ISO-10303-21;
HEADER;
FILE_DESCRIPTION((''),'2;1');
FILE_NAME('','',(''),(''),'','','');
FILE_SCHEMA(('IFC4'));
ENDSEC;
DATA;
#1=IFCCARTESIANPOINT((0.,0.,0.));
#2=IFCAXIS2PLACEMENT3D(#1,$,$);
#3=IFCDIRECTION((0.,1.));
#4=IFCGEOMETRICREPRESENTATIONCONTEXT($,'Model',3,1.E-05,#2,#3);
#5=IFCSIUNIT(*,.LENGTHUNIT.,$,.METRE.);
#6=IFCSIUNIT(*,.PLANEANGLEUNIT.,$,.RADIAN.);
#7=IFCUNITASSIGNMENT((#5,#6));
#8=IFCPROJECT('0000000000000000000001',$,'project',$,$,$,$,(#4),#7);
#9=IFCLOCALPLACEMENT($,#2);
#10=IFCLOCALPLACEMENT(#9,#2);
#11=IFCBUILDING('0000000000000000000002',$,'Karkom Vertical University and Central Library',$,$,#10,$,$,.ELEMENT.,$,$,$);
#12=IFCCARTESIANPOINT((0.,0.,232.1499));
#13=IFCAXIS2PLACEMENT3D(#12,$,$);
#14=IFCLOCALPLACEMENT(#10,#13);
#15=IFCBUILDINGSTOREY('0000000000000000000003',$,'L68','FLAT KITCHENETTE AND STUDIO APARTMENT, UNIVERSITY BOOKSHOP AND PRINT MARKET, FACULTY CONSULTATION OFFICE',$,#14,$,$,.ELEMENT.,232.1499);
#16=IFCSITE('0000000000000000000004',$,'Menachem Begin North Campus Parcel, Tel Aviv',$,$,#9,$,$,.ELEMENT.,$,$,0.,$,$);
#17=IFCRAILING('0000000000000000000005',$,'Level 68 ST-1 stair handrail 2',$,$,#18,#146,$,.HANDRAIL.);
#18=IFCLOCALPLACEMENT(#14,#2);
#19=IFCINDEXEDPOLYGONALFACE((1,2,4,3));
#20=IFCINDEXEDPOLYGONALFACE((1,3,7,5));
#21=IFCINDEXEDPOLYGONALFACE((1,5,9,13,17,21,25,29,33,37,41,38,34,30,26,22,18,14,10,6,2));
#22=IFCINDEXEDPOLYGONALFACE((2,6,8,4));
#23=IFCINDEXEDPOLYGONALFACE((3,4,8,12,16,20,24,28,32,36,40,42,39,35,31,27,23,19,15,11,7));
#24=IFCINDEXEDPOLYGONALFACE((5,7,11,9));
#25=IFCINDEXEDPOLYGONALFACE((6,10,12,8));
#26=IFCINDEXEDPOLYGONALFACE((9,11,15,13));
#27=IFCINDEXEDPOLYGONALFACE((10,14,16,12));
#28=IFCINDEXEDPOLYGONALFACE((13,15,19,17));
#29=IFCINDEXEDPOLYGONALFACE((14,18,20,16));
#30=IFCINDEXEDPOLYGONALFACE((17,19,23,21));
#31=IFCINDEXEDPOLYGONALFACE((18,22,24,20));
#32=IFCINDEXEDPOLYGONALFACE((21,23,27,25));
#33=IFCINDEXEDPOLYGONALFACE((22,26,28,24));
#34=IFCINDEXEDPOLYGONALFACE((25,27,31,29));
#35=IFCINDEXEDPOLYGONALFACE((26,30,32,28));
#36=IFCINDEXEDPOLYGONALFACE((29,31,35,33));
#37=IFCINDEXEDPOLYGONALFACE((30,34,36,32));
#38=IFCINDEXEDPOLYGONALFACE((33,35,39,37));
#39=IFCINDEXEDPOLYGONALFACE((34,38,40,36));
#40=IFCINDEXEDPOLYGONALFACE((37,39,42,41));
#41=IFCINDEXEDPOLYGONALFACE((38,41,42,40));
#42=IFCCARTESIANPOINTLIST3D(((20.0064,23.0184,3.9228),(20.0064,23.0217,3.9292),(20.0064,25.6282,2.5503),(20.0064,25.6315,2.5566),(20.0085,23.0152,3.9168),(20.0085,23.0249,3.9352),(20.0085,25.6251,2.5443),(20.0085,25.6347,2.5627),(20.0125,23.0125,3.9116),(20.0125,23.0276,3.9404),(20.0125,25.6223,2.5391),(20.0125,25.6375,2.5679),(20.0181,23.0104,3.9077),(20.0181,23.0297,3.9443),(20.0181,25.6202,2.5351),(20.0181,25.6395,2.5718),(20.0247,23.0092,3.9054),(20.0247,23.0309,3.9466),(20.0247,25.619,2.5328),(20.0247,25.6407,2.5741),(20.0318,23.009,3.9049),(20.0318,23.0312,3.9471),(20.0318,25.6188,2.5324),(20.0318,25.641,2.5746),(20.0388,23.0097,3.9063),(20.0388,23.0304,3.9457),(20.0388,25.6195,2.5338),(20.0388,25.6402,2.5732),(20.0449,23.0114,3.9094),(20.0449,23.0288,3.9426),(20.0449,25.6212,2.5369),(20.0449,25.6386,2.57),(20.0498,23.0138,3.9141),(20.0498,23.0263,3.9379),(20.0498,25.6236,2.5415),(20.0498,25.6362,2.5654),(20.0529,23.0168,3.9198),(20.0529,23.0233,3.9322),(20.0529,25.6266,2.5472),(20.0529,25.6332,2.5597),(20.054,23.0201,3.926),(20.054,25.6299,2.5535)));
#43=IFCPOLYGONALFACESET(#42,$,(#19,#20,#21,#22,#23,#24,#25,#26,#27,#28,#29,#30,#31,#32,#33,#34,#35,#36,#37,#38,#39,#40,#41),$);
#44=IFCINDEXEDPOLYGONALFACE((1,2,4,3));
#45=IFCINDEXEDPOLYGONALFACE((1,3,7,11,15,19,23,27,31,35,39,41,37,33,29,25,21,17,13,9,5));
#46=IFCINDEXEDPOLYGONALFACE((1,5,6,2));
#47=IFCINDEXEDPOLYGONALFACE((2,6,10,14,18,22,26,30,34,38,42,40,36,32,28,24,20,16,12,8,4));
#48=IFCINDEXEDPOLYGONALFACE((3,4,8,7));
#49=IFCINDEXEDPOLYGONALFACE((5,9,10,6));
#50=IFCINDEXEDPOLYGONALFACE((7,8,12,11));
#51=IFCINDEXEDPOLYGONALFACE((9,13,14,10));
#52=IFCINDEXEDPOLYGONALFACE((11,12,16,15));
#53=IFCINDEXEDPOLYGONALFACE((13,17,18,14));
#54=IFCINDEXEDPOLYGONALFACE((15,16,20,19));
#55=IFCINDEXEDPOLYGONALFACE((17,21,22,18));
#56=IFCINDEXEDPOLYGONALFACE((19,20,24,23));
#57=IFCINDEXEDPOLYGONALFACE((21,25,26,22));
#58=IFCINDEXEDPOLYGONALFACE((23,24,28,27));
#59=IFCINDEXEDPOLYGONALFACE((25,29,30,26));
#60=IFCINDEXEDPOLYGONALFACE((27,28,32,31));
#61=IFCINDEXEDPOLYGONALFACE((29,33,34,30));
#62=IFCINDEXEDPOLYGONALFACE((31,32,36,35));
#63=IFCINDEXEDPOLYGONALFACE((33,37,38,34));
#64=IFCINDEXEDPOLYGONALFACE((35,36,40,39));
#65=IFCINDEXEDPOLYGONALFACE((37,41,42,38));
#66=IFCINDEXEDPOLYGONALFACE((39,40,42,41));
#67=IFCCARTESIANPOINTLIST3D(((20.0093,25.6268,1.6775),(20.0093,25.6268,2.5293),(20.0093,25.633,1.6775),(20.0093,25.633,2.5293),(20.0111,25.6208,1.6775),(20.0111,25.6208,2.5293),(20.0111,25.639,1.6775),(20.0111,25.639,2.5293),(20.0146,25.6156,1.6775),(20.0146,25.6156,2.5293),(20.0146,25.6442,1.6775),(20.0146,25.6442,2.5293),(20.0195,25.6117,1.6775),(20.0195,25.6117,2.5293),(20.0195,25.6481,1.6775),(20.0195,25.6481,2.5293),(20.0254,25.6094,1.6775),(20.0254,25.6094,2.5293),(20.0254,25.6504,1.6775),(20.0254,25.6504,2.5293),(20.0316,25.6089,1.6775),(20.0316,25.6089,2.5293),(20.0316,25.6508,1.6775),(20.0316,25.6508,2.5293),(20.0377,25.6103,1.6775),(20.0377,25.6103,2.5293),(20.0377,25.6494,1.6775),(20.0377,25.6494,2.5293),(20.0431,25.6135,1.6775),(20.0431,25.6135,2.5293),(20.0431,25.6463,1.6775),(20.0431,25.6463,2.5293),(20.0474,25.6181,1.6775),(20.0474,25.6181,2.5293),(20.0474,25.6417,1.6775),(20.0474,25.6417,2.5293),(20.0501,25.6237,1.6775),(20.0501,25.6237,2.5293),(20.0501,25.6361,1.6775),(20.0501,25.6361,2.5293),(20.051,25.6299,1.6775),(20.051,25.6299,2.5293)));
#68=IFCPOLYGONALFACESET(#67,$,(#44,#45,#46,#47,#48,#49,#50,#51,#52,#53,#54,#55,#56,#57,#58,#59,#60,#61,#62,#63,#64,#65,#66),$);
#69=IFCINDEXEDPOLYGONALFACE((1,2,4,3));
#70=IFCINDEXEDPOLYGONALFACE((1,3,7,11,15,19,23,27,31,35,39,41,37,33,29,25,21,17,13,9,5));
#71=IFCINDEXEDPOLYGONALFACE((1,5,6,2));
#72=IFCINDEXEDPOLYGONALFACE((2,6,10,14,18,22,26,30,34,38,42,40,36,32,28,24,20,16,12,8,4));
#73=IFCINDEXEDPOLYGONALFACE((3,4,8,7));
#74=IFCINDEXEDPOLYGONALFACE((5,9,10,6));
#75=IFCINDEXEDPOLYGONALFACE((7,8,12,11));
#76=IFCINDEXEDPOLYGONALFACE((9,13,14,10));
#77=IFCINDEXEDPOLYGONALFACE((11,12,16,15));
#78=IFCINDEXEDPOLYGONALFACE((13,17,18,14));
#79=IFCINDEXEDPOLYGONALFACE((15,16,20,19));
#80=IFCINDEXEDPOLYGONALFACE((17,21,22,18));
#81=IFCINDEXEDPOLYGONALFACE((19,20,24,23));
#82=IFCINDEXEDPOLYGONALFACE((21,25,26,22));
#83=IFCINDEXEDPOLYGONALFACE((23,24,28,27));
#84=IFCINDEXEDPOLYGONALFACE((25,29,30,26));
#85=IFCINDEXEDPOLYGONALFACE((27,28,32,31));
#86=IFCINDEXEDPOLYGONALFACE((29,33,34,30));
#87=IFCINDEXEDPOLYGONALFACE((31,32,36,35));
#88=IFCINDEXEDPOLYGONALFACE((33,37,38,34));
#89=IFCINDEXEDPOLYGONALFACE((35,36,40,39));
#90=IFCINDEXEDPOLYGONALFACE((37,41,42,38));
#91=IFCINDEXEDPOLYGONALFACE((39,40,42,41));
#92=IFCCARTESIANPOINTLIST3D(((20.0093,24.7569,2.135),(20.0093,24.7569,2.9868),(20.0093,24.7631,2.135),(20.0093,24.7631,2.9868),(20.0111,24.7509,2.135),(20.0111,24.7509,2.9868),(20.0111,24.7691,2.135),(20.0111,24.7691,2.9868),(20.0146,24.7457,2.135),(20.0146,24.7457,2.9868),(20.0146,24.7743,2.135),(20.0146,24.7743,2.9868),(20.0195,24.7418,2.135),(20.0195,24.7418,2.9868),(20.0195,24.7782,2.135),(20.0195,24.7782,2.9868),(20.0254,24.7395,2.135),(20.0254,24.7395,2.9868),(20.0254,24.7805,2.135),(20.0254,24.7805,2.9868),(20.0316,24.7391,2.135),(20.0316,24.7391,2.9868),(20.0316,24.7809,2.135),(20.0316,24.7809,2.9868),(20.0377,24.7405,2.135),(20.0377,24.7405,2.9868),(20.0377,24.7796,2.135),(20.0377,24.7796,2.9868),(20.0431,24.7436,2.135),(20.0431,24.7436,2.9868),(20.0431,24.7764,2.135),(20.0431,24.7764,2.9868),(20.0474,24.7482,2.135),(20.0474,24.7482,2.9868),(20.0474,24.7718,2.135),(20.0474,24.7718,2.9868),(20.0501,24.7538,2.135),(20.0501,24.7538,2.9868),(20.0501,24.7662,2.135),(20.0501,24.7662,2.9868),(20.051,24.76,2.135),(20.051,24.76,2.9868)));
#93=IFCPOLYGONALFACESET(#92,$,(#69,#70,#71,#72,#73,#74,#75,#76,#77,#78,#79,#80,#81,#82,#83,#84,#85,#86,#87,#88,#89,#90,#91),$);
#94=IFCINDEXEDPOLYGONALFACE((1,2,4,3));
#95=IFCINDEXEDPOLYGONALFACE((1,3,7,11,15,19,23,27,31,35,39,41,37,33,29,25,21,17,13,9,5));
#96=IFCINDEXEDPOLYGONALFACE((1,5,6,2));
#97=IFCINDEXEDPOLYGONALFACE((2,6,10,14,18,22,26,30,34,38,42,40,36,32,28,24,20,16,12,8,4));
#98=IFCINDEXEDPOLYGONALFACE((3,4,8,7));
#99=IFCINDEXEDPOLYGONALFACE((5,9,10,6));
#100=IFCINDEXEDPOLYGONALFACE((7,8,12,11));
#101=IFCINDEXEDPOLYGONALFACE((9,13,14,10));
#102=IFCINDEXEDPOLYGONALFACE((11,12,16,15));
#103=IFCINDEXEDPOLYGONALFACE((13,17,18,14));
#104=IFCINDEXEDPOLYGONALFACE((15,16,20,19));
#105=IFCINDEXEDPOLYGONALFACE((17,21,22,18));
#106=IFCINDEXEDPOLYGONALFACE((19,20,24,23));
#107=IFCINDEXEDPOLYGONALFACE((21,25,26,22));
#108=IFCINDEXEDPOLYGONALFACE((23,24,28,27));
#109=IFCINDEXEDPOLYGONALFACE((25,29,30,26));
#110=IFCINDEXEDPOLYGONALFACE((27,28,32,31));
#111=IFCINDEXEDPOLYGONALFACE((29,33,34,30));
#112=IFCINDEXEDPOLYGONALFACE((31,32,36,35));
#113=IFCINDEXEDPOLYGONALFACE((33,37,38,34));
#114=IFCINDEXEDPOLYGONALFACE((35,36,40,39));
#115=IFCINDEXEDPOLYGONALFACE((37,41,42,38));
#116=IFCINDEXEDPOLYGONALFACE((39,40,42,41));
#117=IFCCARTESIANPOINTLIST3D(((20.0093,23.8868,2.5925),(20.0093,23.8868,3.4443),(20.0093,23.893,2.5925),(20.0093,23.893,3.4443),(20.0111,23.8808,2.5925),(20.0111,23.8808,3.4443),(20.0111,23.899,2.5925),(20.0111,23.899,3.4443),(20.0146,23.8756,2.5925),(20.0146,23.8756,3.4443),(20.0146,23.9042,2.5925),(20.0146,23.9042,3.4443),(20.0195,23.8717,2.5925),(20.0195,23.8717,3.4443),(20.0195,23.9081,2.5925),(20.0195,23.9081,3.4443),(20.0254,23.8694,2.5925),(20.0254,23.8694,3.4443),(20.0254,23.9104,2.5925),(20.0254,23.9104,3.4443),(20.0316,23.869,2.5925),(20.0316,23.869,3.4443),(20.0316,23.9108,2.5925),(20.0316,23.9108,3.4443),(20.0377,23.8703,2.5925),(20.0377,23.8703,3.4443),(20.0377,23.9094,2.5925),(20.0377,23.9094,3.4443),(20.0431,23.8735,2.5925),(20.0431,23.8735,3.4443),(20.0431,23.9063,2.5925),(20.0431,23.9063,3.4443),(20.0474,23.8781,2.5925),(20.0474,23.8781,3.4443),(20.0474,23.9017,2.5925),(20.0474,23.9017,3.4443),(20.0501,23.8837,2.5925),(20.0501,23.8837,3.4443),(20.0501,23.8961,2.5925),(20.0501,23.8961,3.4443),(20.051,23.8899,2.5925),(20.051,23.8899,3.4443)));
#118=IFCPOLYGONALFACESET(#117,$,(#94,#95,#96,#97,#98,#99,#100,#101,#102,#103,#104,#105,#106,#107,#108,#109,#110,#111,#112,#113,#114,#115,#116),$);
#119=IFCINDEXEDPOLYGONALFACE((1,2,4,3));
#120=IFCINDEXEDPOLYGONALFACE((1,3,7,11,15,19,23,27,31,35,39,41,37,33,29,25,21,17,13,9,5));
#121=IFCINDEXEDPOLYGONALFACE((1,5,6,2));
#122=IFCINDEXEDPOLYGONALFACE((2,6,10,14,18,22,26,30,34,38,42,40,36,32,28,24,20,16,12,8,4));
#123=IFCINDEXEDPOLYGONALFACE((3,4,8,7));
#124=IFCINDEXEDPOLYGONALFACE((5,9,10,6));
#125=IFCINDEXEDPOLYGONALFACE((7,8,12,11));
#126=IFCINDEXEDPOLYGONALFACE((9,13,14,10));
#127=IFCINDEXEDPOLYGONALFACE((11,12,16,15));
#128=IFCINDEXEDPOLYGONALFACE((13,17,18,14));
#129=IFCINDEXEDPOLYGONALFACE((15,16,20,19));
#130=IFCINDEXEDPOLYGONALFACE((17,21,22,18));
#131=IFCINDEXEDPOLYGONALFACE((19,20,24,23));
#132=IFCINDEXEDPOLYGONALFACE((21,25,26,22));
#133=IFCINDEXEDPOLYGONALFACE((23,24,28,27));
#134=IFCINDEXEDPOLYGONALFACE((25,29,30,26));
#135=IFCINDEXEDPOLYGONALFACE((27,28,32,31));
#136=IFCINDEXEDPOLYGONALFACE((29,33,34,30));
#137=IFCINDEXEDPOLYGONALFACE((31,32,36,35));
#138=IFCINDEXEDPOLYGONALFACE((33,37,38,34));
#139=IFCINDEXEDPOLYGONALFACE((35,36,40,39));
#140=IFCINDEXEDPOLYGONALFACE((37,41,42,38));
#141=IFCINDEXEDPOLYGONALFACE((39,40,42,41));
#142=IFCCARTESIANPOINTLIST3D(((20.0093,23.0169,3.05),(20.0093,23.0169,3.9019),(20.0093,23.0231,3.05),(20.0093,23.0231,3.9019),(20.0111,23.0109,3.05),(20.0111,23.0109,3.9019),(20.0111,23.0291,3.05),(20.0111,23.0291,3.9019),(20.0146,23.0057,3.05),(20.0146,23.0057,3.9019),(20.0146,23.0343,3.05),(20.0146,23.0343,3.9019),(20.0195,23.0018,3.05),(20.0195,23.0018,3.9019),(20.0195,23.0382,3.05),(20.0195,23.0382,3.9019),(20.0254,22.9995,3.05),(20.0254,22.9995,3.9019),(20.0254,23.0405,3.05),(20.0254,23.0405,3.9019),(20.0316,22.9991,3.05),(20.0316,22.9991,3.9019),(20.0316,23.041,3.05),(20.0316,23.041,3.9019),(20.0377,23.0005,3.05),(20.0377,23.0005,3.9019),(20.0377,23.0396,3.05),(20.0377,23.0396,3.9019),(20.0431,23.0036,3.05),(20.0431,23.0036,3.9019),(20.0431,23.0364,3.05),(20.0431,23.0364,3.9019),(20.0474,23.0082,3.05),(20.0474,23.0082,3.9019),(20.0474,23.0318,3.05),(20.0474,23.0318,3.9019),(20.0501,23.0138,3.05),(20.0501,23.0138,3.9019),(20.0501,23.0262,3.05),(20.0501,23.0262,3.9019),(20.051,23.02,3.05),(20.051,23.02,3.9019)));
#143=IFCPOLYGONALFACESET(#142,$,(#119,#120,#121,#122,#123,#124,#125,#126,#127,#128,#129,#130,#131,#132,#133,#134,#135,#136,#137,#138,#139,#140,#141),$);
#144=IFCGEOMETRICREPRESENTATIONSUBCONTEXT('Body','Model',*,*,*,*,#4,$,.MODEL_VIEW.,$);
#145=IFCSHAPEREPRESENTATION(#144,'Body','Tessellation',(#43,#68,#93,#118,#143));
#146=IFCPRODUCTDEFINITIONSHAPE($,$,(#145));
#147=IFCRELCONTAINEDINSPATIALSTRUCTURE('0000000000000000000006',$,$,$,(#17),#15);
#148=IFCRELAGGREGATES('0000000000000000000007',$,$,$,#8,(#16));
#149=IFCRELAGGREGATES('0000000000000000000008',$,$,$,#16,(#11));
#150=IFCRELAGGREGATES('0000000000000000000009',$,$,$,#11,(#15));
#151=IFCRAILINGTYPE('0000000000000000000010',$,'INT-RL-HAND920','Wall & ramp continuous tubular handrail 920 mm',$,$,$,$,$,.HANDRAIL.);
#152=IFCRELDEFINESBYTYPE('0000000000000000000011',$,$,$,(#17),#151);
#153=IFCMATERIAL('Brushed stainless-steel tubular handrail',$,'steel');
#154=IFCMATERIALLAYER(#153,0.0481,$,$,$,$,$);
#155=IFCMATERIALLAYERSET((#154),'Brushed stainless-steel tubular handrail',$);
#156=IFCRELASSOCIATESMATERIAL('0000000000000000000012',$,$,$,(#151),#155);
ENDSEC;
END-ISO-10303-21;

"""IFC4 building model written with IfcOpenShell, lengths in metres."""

from ifc_helpers import new_model, si_unit, direction, frame, origin, origin_2d, place, context, subcontext, project, spatial, circle, extrude, material, layer, layer_set, type_object, element, save


model = new_model("IFC4")

# Units and contexts
model_context = context("Model", 3, precision=1e-05, world=origin(), true_north=direction((0.0, 1.0)))
body_context = subcontext(model_context, "Body", "Model", "MODEL_VIEW")
ifc_project = project(units=[si_unit("LENGTHUNIT", "METRE"), si_unit("PLANEANGLEUNIT", "RADIAN")], contexts=[model_context])

# Site, building, storey
site_placement = place(None, origin())
site = spatial("IfcSite", under=ifc_project, at=site_placement, Name="Menachem Begin North Campus Parcel, Tel Aviv", CompositionType="ELEMENT", RefElevation=0.0)
building_placement = place(site_placement, origin())
building = spatial("IfcBuilding", under=site, at=building_placement, Name="Karkom Vertical University and Central Library", CompositionType="ELEMENT")
storey_placement = place(building_placement, frame((0.0, 0.0, 232.1499)))
storey = spatial("IfcBuildingStorey", under=building, at=storey_placement, Name="L68", Description="FLAT KITCHENETTE AND STUDIO APARTMENT, UNIVERSITY BOOKSHOP AND PRINT MARKET, FACULTY CONSULTATION OFFICE", CompositionType="ELEMENT", Elevation=232.1499)

# Railing
ifc_material_1 = material(Name="Brushed stainless-steel tubular handrail", Category="steel")
ifc_layer_1 = layer(ifc_material_1, 0.0481)
ifc_layer_set_1 = layer_set([ifc_layer_1], Name="Brushed stainless-steel tubular handrail")
railing_type_1 = type_object("IfcRailingType", Name="INT-RL-HAND920", Description="Wall & ramp continuous tubular handrail 920 mm", PredefinedType="HANDRAIL", material=ifc_layer_set_1)
railing_1_placement = place(storey_placement, frame((20.03, 25.6299, 1.6775)))
element("IfcRailing", 1, at=railing_1_placement, inside=storey, type_object=railing_type_1, Name="Level 68 ST-1 stair handrail 2", PredefinedType="HANDRAIL", context=body_context, shape_type="SweptSolid", body=[
    extrude(circle(Radius=0.0239, at=origin_2d()), frame((0.0, 0.0, 0.876), z_axis=(0.0, -0.885065, 0.465467), x_axis=(1.0, 0.0, 0.0)), (0.0, 0.0, 1.0), 2.9487),
    extrude(circle(Radius=0.021, at=origin_2d()), origin(), (0.0, 0.0, 1.0), 0.8518),
    extrude(circle(Radius=0.021, at=origin_2d()), frame((0.0, -0.8699, 0.4575)), (0.0, 0.0, 1.0), 0.8518),
    extrude(circle(Radius=0.021, at=origin_2d()), frame((0.0, -1.74, 0.915)), (0.0, 0.0, 1.0), 0.8518),
    extrude(circle(Radius=0.021, at=origin_2d()), frame((0.0, -2.6099, 1.3726)), (0.0, 0.0, 1.0), 0.8518),
])

save(model, "model.ifc")
